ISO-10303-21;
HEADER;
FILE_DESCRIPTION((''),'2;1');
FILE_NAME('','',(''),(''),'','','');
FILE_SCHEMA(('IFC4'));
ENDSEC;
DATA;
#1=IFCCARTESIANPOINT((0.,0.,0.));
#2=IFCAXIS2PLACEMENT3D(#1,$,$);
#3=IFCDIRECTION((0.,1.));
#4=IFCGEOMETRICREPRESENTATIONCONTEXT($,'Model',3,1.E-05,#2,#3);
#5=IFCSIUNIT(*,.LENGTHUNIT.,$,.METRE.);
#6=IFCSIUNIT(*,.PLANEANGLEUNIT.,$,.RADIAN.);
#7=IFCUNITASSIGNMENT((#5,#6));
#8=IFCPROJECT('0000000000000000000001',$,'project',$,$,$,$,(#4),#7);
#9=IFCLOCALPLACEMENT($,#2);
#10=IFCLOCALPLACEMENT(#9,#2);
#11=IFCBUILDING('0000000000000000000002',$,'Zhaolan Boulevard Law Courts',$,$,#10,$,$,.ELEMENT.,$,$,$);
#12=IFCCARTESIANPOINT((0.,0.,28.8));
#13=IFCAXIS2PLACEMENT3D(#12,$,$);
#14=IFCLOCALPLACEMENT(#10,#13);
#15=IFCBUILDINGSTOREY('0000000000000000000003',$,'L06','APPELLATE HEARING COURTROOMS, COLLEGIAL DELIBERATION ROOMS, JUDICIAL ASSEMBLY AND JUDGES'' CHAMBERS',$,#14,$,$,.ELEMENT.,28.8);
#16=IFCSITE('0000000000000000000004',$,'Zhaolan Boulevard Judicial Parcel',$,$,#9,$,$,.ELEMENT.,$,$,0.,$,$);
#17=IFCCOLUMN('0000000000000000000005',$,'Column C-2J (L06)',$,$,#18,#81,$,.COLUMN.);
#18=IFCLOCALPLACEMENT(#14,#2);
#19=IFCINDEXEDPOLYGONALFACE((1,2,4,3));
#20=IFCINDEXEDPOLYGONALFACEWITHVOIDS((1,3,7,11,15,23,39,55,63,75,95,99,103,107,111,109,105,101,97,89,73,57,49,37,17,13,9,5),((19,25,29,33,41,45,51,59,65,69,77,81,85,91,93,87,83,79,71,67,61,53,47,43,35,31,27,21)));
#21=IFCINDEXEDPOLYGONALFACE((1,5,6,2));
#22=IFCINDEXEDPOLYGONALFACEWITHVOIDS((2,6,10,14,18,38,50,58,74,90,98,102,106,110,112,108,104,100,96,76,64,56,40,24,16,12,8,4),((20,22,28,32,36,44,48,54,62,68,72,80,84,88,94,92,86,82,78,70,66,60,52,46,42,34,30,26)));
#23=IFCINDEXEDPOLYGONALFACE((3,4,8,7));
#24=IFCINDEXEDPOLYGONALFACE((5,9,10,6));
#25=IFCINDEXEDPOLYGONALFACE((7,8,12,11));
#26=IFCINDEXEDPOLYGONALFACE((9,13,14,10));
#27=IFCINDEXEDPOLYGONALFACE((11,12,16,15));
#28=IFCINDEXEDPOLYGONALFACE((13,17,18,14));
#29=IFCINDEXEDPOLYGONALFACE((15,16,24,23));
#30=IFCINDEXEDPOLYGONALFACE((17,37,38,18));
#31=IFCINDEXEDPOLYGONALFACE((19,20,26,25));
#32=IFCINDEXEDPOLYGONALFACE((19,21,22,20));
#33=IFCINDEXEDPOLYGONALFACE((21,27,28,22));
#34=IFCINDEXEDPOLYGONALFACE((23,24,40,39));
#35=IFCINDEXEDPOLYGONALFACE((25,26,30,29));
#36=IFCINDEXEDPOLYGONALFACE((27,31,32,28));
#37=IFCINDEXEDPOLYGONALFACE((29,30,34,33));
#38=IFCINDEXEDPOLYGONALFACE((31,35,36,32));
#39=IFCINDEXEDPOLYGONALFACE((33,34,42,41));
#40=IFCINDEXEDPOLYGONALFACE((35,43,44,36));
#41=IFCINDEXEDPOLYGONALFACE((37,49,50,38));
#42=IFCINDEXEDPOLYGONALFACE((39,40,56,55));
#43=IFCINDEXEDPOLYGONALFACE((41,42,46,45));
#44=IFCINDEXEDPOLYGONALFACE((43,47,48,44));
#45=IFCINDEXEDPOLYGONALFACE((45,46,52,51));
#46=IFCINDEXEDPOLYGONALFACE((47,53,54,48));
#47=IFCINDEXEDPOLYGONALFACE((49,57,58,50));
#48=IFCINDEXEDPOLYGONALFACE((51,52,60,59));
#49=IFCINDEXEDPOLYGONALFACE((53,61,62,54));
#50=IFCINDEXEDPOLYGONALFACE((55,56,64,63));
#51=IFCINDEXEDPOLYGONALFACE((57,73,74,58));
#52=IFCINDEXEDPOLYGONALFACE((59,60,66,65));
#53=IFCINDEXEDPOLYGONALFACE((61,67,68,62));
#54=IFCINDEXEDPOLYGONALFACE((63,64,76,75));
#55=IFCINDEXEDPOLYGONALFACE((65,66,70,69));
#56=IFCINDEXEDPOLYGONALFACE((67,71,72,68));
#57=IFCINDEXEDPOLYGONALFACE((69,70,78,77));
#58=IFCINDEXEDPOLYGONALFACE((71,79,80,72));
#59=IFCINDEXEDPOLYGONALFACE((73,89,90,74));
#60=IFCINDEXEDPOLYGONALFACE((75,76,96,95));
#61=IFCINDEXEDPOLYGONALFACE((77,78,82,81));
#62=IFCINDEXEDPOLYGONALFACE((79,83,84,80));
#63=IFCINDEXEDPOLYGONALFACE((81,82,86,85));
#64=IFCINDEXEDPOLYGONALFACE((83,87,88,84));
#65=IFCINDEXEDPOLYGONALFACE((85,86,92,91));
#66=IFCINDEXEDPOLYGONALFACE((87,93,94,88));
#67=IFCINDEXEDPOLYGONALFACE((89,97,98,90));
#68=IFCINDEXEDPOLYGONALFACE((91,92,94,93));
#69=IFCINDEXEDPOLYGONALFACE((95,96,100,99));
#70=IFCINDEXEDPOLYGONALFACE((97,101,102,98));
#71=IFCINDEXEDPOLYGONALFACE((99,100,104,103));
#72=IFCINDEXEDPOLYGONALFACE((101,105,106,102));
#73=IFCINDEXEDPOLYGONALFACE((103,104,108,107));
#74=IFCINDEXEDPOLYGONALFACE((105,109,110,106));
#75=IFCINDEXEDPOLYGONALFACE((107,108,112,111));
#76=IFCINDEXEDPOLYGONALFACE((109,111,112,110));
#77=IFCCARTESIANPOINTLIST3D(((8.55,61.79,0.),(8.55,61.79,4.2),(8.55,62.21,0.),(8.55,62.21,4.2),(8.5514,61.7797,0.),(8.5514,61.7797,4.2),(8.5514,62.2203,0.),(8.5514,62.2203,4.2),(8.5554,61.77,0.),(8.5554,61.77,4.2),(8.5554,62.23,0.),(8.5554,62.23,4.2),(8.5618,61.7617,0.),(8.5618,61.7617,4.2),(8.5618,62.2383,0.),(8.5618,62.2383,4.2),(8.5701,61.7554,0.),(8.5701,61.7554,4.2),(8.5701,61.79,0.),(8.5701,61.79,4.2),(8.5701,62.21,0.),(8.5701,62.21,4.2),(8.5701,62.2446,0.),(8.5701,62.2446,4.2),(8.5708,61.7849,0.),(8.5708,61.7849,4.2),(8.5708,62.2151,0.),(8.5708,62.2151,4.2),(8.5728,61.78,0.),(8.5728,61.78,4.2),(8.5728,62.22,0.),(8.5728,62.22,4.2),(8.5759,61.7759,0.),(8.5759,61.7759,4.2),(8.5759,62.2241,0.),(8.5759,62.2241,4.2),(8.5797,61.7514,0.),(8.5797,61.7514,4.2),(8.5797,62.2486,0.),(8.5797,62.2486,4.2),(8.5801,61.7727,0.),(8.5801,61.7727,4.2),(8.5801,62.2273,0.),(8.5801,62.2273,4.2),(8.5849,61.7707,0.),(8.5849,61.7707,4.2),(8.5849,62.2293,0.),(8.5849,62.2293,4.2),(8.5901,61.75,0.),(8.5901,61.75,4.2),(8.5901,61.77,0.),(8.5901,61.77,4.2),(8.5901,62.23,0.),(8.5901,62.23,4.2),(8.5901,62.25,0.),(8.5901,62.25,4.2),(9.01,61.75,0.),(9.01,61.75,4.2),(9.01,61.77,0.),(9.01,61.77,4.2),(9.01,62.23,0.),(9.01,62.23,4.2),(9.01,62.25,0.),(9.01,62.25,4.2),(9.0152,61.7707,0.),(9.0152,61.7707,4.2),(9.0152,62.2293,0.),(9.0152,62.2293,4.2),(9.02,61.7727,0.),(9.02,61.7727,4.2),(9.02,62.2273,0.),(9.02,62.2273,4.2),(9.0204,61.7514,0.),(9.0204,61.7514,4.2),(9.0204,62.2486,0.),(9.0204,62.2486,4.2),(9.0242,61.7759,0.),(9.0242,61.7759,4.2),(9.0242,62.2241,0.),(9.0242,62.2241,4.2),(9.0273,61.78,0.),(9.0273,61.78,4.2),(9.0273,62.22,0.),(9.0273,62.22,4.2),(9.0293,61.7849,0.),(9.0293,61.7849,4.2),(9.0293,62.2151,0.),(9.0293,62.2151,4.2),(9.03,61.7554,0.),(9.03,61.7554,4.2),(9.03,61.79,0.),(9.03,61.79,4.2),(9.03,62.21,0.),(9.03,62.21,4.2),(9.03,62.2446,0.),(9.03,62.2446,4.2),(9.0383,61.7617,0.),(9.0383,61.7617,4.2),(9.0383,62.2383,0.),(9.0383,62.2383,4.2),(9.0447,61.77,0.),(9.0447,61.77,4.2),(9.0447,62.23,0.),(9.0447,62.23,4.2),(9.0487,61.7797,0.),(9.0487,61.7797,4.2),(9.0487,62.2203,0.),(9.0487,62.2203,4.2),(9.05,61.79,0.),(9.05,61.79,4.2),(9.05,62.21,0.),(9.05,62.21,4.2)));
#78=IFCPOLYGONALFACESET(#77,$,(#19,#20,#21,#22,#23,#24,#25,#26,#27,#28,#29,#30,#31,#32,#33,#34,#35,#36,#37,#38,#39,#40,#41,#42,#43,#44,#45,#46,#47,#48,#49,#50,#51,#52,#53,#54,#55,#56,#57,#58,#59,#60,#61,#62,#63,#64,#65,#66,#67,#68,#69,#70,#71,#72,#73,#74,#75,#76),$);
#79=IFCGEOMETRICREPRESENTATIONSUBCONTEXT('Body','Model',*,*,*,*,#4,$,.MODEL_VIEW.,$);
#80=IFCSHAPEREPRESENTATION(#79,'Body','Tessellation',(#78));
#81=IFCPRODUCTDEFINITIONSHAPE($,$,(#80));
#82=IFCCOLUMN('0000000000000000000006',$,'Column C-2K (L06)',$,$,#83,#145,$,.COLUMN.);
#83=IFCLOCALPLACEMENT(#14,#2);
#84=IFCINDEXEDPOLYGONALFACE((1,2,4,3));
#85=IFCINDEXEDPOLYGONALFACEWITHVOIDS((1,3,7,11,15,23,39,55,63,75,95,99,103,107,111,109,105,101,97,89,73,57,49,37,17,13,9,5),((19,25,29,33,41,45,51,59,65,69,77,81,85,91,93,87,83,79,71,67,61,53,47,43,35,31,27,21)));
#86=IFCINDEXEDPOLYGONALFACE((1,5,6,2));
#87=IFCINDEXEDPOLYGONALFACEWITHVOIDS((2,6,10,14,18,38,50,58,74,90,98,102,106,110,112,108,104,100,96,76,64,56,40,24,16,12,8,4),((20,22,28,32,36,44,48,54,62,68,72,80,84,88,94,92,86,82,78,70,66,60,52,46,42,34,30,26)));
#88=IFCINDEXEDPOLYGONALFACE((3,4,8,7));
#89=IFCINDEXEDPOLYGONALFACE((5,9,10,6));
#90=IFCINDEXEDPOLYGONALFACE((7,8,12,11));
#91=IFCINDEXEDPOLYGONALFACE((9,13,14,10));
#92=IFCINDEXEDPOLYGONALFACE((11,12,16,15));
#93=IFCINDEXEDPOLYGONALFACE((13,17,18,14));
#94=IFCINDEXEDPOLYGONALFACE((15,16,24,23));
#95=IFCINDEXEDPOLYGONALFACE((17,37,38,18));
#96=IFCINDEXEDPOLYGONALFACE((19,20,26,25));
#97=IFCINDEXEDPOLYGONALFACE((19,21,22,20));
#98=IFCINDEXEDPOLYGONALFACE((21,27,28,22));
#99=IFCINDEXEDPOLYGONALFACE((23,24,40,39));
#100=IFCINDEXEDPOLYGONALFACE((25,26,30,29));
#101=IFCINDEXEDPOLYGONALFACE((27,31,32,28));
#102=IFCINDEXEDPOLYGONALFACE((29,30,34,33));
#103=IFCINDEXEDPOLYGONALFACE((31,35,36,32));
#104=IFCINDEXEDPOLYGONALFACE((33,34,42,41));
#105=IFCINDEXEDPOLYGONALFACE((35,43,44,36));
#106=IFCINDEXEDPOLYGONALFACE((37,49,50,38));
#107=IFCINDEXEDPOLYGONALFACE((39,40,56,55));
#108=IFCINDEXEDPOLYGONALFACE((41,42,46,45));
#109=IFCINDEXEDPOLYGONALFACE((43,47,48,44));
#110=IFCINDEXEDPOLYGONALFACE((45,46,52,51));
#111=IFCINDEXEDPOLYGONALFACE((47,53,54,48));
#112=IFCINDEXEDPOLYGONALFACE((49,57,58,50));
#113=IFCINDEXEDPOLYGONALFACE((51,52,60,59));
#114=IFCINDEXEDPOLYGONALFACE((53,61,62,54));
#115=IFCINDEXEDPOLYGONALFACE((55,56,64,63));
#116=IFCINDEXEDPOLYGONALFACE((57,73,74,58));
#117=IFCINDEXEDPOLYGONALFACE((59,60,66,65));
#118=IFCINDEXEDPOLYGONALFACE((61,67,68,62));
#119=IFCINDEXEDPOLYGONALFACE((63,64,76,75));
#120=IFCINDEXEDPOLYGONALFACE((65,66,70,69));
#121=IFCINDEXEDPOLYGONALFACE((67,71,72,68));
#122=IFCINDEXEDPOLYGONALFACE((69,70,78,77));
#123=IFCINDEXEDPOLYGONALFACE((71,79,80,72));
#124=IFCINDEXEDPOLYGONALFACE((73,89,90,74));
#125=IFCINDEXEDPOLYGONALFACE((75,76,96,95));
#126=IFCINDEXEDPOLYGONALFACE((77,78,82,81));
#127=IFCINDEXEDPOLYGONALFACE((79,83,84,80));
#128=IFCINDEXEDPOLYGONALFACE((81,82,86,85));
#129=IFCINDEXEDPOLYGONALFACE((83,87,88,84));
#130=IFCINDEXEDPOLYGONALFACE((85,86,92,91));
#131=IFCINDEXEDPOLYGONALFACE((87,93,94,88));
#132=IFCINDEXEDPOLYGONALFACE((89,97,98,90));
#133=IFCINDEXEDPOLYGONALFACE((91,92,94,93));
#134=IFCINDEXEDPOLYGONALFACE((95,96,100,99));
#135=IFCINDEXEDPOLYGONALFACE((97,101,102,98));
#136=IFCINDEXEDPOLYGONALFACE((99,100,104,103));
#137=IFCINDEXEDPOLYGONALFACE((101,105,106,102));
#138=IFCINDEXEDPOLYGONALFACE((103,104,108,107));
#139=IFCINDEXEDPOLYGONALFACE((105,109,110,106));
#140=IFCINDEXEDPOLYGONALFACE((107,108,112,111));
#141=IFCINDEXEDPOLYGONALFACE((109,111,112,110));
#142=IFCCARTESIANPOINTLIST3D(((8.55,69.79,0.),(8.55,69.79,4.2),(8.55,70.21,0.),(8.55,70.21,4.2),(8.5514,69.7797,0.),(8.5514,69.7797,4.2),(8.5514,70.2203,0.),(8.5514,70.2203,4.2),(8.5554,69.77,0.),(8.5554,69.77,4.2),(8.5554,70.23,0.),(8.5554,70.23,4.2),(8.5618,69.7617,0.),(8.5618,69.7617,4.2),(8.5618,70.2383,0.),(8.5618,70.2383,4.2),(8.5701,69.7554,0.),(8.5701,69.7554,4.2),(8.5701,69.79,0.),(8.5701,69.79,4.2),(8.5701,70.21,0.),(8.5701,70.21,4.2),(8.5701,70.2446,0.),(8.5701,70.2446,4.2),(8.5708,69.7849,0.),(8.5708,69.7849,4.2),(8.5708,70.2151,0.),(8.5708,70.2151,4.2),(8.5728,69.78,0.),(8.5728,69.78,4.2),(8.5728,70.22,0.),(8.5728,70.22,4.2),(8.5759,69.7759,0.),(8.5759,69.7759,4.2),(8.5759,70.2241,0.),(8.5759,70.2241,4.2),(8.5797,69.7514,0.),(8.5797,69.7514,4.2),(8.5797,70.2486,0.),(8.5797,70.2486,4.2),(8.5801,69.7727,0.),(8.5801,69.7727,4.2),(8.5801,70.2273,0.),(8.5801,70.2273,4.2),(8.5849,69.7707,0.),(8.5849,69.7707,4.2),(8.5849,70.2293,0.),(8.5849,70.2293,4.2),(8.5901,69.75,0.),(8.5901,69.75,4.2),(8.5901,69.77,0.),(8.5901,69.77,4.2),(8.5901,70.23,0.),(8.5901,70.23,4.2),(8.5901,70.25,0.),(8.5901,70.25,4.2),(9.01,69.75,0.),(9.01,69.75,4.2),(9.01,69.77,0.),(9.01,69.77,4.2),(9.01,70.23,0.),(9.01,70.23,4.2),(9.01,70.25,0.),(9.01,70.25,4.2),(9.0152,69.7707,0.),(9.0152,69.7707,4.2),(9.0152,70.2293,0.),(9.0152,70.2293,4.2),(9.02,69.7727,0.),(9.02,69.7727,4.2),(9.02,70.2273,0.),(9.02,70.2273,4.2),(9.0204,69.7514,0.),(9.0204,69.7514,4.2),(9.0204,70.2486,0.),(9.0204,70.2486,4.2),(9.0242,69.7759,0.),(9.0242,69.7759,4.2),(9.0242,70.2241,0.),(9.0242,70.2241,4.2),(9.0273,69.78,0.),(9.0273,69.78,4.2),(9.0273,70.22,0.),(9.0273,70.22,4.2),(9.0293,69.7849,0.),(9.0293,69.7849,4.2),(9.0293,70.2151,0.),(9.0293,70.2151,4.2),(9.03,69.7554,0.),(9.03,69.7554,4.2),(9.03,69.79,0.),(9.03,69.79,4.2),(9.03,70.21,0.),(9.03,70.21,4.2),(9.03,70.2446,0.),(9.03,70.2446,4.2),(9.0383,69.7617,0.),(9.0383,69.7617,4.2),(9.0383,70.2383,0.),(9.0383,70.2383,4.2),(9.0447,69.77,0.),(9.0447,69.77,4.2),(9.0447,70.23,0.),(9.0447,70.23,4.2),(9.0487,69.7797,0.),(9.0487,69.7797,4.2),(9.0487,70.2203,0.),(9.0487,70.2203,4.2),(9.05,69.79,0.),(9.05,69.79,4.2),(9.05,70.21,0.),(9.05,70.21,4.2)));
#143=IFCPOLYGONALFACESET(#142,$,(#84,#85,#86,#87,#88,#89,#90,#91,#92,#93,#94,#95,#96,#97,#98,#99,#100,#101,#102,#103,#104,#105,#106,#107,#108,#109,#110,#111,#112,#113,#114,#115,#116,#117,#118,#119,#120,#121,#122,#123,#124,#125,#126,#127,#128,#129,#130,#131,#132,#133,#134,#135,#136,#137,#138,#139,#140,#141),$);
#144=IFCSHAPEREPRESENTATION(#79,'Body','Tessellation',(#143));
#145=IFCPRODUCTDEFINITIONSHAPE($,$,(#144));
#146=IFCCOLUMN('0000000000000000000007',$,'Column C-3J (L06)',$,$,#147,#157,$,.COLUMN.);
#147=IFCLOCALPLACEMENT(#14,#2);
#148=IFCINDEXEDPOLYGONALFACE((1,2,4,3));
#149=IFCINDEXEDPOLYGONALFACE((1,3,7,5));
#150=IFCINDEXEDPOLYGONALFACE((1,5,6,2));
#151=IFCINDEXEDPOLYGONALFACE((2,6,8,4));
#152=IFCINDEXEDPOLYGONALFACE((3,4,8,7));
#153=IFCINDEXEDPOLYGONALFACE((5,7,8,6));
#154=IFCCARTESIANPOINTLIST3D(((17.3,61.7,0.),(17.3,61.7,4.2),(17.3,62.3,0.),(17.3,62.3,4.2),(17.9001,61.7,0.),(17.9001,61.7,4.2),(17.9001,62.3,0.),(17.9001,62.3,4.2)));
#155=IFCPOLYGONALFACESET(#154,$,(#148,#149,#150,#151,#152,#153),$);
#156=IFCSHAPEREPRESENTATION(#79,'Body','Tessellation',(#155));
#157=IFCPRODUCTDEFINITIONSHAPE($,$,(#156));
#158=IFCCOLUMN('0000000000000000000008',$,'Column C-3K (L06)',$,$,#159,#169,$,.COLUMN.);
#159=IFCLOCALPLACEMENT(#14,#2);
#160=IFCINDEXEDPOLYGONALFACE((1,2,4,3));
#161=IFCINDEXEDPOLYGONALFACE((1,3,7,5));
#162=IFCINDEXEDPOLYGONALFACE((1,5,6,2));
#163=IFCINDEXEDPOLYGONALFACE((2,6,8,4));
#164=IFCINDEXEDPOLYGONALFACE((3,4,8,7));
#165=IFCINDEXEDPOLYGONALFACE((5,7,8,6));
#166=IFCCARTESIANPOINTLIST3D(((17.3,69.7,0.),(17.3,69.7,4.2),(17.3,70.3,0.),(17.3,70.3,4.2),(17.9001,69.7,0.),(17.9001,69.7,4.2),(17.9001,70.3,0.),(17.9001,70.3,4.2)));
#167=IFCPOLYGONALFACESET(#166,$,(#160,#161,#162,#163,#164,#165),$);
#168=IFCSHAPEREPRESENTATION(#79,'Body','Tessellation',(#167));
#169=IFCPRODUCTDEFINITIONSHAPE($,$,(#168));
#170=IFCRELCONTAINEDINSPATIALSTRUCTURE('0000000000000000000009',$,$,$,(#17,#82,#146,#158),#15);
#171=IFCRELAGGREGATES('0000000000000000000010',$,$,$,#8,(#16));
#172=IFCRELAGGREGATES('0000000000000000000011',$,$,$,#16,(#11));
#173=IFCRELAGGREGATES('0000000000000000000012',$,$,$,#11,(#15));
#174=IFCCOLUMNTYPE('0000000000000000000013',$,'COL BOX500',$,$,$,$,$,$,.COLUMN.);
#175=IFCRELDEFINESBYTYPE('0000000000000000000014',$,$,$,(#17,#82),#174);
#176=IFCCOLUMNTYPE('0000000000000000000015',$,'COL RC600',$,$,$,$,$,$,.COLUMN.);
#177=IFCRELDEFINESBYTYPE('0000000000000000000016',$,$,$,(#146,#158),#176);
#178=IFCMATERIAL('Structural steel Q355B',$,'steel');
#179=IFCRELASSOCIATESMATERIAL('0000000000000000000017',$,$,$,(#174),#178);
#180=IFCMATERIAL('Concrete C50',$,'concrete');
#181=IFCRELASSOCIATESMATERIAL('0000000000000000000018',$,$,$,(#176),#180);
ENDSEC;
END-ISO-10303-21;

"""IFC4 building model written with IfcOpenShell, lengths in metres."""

from ifc_helpers import new_model, si_unit, direction, frame, origin, origin_2d, place, context, subcontext, project, spatial, rectangle, hollow_rectangle, extrude, material, material_profile, profile_set, type_object, element, save


model = new_model("IFC4")

# Units and contexts
model_context = context("Model", 3, precision=1e-05, world=origin(), true_north=direction((0.0, 1.0)))
body_context = subcontext(model_context, "Body", "Model", "MODEL_VIEW")
ifc_project = project(units=[si_unit("LENGTHUNIT", "METRE"), si_unit("PLANEANGLEUNIT", "RADIAN")], contexts=[model_context])

# Site, building, storey
site_placement = place(None, origin())
site = spatial("IfcSite", under=ifc_project, at=site_placement, Name="Zhaolan Boulevard Judicial Parcel", CompositionType="ELEMENT", RefElevation=0.0)
building_placement = place(site_placement, origin())
building = spatial("IfcBuilding", under=site, at=building_placement, Name="Zhaolan Boulevard Law Courts", CompositionType="ELEMENT")
storey_placement = place(building_placement, frame((0.0, 0.0, 28.8)))
storey = spatial("IfcBuildingStorey", under=building, at=storey_placement, Name="L06", Description="APPELLATE HEARING COURTROOMS, COLLEGIAL DELIBERATION ROOMS, JUDICIAL ASSEMBLY AND JUDGES' CHAMBERS", CompositionType="ELEMENT", Elevation=28.8)

# Columns
ifc_material_1 = material(Name="Structural steel Q355B", Category="steel")
ifc_material_profile_1 = material_profile(ifc_material_1, hollow_rectangle(XDim=0.5, YDim=0.5, WallThickness=0.02, InnerFilletRadius=0.02, OuterFilletRadius=0.04, at=origin_2d()), Name="BOX500x500x20")
ifc_profile_set_1 = profile_set([ifc_material_profile_1], Name="Structural steel Q355B")
column_type_1 = type_object("IfcColumnType", Name="COL BOX500", PredefinedType="COLUMN", material=ifc_profile_set_1)
for number, where, z_axis, x_axis, name in (
    (1, (8.8, 62.0, 0.0), (0.0, 0.0, 1.0), (1.0, 0.0, 0.0), "Column C-2J (L06)"),
    (2, (8.8, 70.0, 0.0), (0.0, 0.0, 1.0), (1.0, 0.0, 0.0), "Column C-2K (L06)"),
):
    element("IfcColumn", number, at=place(storey_placement, frame(where, z_axis=z_axis, x_axis=x_axis)), inside=storey, type_object=column_type_1, Name=name, PredefinedType="COLUMN", context=body_context, shape_type="SweptSolid", body=[
        extrude(hollow_rectangle(XDim=0.5, YDim=0.5, WallThickness=0.02, InnerFilletRadius=0.02, OuterFilletRadius=0.04, at=origin_2d()), origin(), (0.0, 0.0, 1.0), 4.2),
    ])
ifc_material_2 = material(Name="Concrete C50", Category="concrete")
ifc_material_profile_2 = material_profile(ifc_material_2, rectangle(XDim=0.6001, YDim=0.6001, at=origin_2d()), Name="RC600x600")
ifc_profile_set_2 = profile_set([ifc_material_profile_2], Name="Concrete C50")
column_type_2 = type_object("IfcColumnType", Name="COL RC600", PredefinedType="COLUMN", material=ifc_profile_set_2)
for number, where, z_axis, x_axis, name in (
    (3, (17.6001, 62.0, 0.0), (0.0, 0.0, 1.0), (1.0, 0.0, 0.0), "Column C-3J (L06)"),
    (4, (17.6001, 70.0, 0.0), (0.0, 0.0, 1.0), (1.0, 0.0, 0.0), "Column C-3K (L06)"),
):
    element("IfcColumn", number, at=place(storey_placement, frame(where, z_axis=z_axis, x_axis=x_axis)), inside=storey, type_object=column_type_2, Name=name, PredefinedType="COLUMN", context=body_context, shape_type="SweptSolid", body=[
        extrude(rectangle(XDim=0.6001, YDim=0.6001, at=origin_2d()), origin(), (0.0, 0.0, 1.0), 4.2),
    ])

save(model, "model.ifc")
